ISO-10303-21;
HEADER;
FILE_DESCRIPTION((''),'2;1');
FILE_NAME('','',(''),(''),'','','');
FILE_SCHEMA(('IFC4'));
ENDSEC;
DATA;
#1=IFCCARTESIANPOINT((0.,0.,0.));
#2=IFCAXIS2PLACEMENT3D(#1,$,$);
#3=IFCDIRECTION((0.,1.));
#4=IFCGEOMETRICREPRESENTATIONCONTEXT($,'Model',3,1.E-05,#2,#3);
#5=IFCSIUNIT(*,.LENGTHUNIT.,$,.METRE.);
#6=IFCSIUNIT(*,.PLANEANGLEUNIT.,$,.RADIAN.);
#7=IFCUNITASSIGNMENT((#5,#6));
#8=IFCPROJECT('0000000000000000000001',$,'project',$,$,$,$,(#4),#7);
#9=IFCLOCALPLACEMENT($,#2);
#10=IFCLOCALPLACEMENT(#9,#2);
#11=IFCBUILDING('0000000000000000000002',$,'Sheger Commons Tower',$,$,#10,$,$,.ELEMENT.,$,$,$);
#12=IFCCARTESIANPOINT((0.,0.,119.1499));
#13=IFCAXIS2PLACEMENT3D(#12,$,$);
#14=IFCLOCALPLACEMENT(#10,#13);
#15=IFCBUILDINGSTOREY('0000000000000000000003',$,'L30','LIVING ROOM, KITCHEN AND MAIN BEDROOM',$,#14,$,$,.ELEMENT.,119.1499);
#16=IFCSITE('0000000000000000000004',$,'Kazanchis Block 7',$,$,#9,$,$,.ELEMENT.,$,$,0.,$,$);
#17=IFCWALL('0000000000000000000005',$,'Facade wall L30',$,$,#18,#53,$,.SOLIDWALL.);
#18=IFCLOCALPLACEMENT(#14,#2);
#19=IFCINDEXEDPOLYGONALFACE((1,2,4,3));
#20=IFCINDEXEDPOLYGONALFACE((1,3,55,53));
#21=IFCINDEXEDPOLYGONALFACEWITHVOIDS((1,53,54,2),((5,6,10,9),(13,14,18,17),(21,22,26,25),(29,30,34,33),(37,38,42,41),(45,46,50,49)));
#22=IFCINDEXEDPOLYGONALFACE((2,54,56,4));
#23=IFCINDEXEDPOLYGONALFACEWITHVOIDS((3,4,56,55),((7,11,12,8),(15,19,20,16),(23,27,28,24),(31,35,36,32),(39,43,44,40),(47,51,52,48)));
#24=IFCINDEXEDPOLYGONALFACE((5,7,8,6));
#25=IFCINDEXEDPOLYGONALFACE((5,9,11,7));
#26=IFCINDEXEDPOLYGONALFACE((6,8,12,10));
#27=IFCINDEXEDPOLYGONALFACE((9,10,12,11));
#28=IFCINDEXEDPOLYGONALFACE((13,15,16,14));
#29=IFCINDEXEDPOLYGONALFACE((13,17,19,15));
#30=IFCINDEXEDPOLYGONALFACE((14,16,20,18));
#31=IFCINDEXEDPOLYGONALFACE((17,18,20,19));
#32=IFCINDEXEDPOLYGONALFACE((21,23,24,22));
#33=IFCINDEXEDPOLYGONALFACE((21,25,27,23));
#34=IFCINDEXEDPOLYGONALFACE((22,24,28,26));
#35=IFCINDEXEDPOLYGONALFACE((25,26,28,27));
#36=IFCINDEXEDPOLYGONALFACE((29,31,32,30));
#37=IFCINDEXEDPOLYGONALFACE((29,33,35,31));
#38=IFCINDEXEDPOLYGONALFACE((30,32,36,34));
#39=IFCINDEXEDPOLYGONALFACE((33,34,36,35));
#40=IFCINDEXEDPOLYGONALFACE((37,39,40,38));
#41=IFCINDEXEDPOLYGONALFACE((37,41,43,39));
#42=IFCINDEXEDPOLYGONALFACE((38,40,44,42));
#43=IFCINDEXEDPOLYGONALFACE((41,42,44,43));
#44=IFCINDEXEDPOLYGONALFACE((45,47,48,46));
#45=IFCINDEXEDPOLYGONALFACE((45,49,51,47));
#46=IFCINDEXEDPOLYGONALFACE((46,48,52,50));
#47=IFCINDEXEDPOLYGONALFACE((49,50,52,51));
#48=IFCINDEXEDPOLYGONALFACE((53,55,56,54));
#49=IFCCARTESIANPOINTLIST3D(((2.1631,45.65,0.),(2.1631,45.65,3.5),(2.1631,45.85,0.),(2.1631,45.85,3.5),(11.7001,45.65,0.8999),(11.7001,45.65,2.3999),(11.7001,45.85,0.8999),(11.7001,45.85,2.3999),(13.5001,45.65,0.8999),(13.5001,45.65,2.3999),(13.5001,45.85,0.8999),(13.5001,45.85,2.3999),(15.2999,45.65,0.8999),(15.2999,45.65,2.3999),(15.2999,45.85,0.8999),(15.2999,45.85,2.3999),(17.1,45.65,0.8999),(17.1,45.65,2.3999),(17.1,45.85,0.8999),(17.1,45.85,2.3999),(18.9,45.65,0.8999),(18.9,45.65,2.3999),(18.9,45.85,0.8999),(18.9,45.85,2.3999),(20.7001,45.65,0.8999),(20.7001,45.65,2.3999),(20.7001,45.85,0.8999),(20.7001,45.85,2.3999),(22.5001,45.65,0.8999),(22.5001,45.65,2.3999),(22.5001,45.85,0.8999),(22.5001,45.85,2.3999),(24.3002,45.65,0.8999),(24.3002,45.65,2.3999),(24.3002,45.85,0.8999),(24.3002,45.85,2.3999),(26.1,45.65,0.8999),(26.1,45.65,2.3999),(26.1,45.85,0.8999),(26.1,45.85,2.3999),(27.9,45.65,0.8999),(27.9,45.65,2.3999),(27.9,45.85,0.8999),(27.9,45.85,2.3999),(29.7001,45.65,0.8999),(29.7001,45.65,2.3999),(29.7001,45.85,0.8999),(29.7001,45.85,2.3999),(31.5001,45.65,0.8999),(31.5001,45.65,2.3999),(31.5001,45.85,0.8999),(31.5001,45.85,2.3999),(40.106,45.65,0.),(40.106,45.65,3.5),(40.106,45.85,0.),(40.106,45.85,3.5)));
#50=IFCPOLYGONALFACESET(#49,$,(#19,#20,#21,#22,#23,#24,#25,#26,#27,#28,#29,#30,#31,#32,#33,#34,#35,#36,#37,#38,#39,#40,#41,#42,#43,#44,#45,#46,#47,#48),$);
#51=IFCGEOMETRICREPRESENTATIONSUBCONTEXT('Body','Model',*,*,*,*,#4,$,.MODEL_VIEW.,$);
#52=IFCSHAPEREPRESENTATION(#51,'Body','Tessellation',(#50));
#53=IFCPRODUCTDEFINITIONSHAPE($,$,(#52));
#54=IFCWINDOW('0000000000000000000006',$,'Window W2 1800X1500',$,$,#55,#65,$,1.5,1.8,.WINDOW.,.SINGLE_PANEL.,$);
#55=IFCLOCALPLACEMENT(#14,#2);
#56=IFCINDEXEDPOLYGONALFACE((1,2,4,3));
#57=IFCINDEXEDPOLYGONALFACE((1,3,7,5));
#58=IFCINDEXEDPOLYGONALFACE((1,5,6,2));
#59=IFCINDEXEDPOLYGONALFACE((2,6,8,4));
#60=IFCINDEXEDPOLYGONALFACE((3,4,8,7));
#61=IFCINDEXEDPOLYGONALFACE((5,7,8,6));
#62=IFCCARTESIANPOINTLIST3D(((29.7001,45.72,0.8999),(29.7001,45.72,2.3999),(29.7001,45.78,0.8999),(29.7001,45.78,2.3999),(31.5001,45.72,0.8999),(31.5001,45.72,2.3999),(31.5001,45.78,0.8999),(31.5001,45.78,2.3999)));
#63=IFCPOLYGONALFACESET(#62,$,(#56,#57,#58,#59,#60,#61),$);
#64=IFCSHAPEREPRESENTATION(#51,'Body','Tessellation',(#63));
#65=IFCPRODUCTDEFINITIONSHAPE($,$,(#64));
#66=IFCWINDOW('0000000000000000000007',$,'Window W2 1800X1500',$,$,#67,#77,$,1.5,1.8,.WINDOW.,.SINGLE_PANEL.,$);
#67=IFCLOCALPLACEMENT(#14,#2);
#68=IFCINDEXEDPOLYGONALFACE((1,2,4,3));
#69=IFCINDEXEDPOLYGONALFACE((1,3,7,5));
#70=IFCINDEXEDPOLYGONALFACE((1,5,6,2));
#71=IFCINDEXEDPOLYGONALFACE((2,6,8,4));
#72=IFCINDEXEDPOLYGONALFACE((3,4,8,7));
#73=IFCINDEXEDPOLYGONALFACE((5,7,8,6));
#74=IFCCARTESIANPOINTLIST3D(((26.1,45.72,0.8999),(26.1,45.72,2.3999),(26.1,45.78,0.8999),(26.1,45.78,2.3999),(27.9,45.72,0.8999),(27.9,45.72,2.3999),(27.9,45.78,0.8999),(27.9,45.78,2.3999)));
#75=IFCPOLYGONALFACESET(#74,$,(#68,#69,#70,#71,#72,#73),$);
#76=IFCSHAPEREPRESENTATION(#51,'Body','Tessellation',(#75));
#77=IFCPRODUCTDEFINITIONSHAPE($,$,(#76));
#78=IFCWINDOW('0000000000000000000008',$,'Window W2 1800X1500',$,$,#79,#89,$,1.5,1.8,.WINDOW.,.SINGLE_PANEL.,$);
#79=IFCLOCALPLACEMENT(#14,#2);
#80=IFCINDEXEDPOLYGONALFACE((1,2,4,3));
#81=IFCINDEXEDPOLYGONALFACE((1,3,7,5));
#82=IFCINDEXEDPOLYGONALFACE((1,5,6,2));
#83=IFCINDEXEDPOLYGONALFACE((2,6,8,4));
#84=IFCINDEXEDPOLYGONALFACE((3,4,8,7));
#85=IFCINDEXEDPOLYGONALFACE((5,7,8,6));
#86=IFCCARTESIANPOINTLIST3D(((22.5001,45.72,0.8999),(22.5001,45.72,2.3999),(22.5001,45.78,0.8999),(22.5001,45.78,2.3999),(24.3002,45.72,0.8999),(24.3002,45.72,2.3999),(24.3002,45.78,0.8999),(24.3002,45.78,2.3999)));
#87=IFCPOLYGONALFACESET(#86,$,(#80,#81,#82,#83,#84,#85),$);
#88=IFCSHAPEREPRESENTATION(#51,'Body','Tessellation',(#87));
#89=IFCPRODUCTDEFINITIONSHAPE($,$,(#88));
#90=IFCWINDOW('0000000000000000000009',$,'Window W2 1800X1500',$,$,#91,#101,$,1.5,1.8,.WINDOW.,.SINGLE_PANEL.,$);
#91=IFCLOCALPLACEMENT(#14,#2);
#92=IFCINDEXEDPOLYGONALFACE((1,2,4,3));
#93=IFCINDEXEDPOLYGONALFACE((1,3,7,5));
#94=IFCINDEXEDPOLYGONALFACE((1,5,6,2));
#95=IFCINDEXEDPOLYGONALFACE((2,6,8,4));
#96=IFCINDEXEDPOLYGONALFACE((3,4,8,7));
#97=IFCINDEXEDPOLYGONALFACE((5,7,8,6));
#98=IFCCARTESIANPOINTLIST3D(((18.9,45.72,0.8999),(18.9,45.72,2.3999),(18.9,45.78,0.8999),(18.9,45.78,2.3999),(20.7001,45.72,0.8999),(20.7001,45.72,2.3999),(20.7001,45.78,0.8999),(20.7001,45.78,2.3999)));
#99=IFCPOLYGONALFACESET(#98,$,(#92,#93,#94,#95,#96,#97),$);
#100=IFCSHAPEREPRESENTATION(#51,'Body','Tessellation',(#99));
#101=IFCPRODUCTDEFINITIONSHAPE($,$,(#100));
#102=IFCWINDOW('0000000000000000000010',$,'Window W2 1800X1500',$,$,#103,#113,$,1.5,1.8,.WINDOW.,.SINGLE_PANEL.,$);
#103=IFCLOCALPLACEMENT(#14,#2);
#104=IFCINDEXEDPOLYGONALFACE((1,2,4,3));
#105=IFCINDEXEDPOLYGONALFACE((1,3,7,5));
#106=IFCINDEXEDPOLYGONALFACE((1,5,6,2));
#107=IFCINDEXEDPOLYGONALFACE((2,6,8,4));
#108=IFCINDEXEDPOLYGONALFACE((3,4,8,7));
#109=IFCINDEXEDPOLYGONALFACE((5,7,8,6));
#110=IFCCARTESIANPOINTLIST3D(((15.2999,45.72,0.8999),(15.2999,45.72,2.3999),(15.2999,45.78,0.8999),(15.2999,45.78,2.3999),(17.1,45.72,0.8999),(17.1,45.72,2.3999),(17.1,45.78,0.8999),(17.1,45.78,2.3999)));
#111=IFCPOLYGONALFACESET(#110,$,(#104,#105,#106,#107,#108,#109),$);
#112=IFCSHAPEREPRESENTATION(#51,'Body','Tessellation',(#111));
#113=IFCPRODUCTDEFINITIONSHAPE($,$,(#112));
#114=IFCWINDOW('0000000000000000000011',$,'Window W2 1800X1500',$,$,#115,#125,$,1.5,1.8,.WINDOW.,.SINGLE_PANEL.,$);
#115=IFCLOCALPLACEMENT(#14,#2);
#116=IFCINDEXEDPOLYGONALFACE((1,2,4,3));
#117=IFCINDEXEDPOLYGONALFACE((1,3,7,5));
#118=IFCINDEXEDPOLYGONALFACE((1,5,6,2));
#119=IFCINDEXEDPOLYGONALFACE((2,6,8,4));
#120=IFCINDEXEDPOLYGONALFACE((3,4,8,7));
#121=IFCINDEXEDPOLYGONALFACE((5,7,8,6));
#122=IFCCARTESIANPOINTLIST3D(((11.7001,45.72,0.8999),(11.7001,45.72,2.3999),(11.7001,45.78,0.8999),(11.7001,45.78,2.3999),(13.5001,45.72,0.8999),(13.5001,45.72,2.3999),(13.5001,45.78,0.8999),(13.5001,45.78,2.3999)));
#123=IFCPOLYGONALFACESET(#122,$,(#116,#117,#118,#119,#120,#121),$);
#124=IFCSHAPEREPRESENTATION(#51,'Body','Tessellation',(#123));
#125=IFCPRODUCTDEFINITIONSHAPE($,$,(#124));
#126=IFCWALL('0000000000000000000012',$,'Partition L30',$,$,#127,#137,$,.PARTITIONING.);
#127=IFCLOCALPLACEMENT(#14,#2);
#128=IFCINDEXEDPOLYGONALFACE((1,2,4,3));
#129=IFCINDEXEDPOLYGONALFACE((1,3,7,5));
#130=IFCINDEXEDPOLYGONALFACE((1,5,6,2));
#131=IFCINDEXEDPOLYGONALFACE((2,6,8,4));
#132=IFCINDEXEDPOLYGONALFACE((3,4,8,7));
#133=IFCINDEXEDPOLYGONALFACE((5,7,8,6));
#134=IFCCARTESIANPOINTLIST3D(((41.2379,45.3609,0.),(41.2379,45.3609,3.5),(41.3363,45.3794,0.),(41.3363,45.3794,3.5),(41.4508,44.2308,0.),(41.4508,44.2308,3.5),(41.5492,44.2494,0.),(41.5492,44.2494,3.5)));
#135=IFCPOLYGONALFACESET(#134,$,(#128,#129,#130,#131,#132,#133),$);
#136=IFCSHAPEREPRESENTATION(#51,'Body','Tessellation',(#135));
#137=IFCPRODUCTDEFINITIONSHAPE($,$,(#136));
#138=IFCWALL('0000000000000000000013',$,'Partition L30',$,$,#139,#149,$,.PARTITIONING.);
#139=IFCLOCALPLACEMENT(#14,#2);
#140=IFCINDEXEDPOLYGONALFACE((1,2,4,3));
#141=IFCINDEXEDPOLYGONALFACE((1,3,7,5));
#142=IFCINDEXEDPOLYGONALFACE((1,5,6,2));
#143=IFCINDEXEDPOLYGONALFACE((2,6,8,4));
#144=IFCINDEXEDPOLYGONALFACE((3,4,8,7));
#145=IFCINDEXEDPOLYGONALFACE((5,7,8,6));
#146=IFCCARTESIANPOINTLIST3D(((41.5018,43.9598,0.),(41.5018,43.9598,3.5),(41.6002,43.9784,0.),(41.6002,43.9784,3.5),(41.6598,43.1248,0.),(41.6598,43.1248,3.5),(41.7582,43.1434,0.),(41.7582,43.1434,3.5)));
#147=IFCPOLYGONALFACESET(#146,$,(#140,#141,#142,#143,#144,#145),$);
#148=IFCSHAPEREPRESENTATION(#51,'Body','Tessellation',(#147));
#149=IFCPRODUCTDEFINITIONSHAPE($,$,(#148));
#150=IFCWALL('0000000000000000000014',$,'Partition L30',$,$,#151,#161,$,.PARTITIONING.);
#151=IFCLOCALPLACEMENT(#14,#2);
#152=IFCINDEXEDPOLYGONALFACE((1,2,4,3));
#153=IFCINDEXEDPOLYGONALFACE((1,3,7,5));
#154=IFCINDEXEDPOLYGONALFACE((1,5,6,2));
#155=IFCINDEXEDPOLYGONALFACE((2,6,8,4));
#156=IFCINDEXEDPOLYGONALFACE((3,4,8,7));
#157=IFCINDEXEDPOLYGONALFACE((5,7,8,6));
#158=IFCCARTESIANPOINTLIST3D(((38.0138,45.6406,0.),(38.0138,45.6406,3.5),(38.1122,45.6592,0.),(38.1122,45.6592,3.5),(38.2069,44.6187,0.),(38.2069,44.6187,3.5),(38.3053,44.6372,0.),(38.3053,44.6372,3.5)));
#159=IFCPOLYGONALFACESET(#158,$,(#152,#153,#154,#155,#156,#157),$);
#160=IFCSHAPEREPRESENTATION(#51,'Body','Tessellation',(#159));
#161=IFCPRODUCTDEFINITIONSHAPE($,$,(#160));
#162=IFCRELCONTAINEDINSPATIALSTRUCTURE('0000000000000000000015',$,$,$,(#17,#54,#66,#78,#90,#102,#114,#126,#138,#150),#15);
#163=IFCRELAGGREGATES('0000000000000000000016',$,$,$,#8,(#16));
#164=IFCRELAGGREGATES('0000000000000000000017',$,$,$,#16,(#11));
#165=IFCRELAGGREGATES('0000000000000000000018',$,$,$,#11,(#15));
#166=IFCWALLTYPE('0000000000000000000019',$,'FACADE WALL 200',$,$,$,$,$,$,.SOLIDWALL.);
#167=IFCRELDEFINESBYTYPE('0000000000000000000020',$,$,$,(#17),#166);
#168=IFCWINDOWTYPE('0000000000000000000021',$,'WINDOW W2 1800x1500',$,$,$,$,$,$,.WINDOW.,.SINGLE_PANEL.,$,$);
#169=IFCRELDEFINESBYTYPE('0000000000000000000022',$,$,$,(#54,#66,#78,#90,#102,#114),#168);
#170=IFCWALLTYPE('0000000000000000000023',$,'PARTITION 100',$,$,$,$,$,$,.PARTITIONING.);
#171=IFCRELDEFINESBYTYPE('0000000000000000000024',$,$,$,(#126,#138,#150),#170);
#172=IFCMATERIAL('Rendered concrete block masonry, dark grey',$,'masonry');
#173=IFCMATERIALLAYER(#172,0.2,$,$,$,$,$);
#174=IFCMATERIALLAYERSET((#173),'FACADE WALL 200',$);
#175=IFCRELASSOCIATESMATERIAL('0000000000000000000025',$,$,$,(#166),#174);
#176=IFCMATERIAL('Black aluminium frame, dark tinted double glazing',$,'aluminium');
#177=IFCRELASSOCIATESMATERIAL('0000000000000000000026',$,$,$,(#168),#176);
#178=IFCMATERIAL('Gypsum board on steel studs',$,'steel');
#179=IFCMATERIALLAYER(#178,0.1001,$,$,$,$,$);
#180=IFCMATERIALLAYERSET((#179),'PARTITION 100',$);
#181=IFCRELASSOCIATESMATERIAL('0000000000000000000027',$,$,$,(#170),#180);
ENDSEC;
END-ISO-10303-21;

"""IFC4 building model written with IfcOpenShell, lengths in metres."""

from ifc_helpers import new_model, si_unit, direction, frame, frame_2d, origin, place, context, subcontext, project, spatial, rectangle, extrude, material, layer, layer_set, type_object, element, fill, save


model = new_model("IFC4")

# Units and contexts
model_context = context("Model", 3, precision=1e-05, world=origin(), true_north=direction((0.0, 1.0)))
body_context = subcontext(model_context, "Body", "Model", "MODEL_VIEW")
ifc_project = project(units=[si_unit("LENGTHUNIT", "METRE"), si_unit("PLANEANGLEUNIT", "RADIAN")], contexts=[model_context])

# Site, building, storey
site_placement = place(None, origin())
site = spatial("IfcSite", under=ifc_project, at=site_placement, Name="Kazanchis Block 7", CompositionType="ELEMENT", RefElevation=0.0)
building_placement = place(site_placement, origin())
building = spatial("IfcBuilding", under=site, at=building_placement, Name="Sheger Commons Tower", CompositionType="ELEMENT")
storey_placement = place(building_placement, frame((0.0, 0.0, 119.1499)))
storey = spatial("IfcBuildingStorey", under=building, at=storey_placement, Name="L30", Description="LIVING ROOM, KITCHEN AND MAIN BEDROOM", CompositionType="ELEMENT", Elevation=119.1499)

# Shared definitions
ifc_material_1 = material(Name="Rendered concrete block masonry, dark grey", Category="masonry")
ifc_layer_1 = layer(ifc_material_1, 0.2)
ifc_layer_set_1 = layer_set([ifc_layer_1], Name="FACADE WALL 200")
wall_type_1 = type_object("IfcWallType", Name="FACADE WALL 200", PredefinedType="SOLIDWALL", material=ifc_layer_set_1)

# Wall, openings, windows
wall_1_placement = place(storey_placement, frame((40.106, 45.75, 0.0), z_axis=(0.0, 0.0, 1.0), x_axis=(-1.0, 0.0, 0.0)))
wall_1 = element("IfcWall", 1, at=wall_1_placement, inside=storey, type_object=wall_type_1, Name="Facade wall L30", PredefinedType="SOLIDWALL", context=body_context, shape_type="SweptSolid", body=[
    extrude(rectangle(XDim=37.9429, YDim=0.2, at=frame_2d((18.9714, 0.0))), origin(), (0.0, 0.0, 1.0), 3.5),
])
opening_1_placement = place(wall_1_placement, frame((8.606, 0.0, 0.8999)))
opening_1 = element("IfcOpeningElement", 2, at=opening_1_placement, cuts=wall_1, PredefinedType="OPENING", context=body_context, shape_type="SweptSolid", body=[
    extrude(rectangle(XDim=1.8, YDim=1.5, at=frame_2d((0.8999, 0.75))), frame((0.0, 0.1099, 0.0), z_axis=(0.0, -1.0, 0.0), x_axis=(1.0, 0.0, 0.0)), (0.0, 0.0, 1.0), 0.22),
])
opening_2_placement = place(wall_1_placement, frame((12.2061, 0.0, 0.8999)))
opening_2 = element("IfcOpeningElement", 3, at=opening_2_placement, cuts=wall_1, PredefinedType="OPENING", context=body_context, shape_type="SweptSolid", body=[
    extrude(rectangle(XDim=1.8, YDim=1.5, at=frame_2d((0.8999, 0.75))), frame((0.0, 0.1099, 0.0), z_axis=(0.0, -1.0, 0.0), x_axis=(1.0, 0.0, 0.0)), (0.0, 0.0, 1.0), 0.22),
])
opening_3_placement = place(wall_1_placement, frame((15.8059, 0.0, 0.8999)))
opening_3 = element("IfcOpeningElement", 4, at=opening_3_placement, cuts=wall_1, PredefinedType="OPENING", context=body_context, shape_type="SweptSolid", body=[
    extrude(rectangle(XDim=1.8, YDim=1.5, at=frame_2d((0.8999, 0.75))), frame((0.0, 0.1099, 0.0), z_axis=(0.0, -1.0, 0.0), x_axis=(1.0, 0.0, 0.0)), (0.0, 0.0, 1.0), 0.22),
])
opening_4_placement = place(wall_1_placement, frame((19.406, 0.0, 0.8999)))
opening_4 = element("IfcOpeningElement", 5, at=opening_4_placement, cuts=wall_1, PredefinedType="OPENING", context=body_context, shape_type="SweptSolid", body=[
    extrude(rectangle(XDim=1.8, YDim=1.5, at=frame_2d((0.8999, 0.75))), frame((0.0, 0.1099, 0.0), z_axis=(0.0, -1.0, 0.0), x_axis=(1.0, 0.0, 0.0)), (0.0, 0.0, 1.0), 0.22),
])
opening_5_placement = place(wall_1_placement, frame((23.0061, 0.0, 0.8999)))
opening_5 = element("IfcOpeningElement", 6, at=opening_5_placement, cuts=wall_1, PredefinedType="OPENING", context=body_context, shape_type="SweptSolid", body=[
    extrude(rectangle(XDim=1.8, YDim=1.5, at=frame_2d((0.8999, 0.75))), frame((0.0, 0.1099, 0.0), z_axis=(0.0, -1.0, 0.0), x_axis=(1.0, 0.0, 0.0)), (0.0, 0.0, 1.0), 0.22),
])
opening_6_placement = place(wall_1_placement, frame((26.606, 0.0, 0.8999)))
opening_6 = element("IfcOpeningElement", 7, at=opening_6_placement, cuts=wall_1, PredefinedType="OPENING", context=body_context, shape_type="SweptSolid", body=[
    extrude(rectangle(XDim=1.8, YDim=1.5, at=frame_2d((0.8999, 0.75))), frame((0.0, 0.1099, 0.0), z_axis=(0.0, -1.0, 0.0), x_axis=(1.0, 0.0, 0.0)), (0.0, 0.0, 1.0), 0.22),
])
ifc_material_2 = material(Name="Black aluminium frame, dark tinted double glazing", Category="aluminium")
window_type = type_object("IfcWindowType", Name="WINDOW W2 1800x1500", PartitioningType="SINGLE_PANEL", PredefinedType="WINDOW", material=ifc_material_2)
window_1_placement = place(opening_1_placement, origin())
window_1 = element("IfcWindow", 8, at=window_1_placement, inside=storey, type_object=window_type, Name="Window W2 1800X1500", OverallHeight=1.5, OverallWidth=1.8, PartitioningType="SINGLE_PANEL", PredefinedType="WINDOW", context=body_context, shape_type="SweptSolid", body=[
    extrude(rectangle(XDim=1.8, YDim=1.5, at=frame_2d((0.8999, 0.75))), frame((0.0, 0.03, 0.0), z_axis=(0.0, -1.0, 0.0), x_axis=(1.0, 0.0, 0.0)), (0.0, 0.0, 1.0), 0.0601),
])
fill(opening_1, window_1)
window_2_placement = place(opening_2_placement, origin())
window_2 = element("IfcWindow", 9, at=window_2_placement, inside=storey, type_object=window_type, Name="Window W2 1800X1500", OverallHeight=1.5, OverallWidth=1.8, PartitioningType="SINGLE_PANEL", PredefinedType="WINDOW", context=body_context, shape_type="SweptSolid", body=[
    extrude(rectangle(XDim=1.8, YDim=1.5, at=frame_2d((0.8999, 0.75))), frame((0.0, 0.03, 0.0), z_axis=(0.0, -1.0, 0.0), x_axis=(1.0, 0.0, 0.0)), (0.0, 0.0, 1.0), 0.0601),
])
fill(opening_2, window_2)
window_3_placement = place(opening_3_placement, origin())
window_3 = element("IfcWindow", 10, at=window_3_placement, inside=storey, type_object=window_type, Name="Window W2 1800X1500", OverallHeight=1.5, OverallWidth=1.8, PartitioningType="SINGLE_PANEL", PredefinedType="WINDOW", context=body_context, shape_type="SweptSolid", body=[
    extrude(rectangle(XDim=1.8, YDim=1.5, at=frame_2d((0.8999, 0.75))), frame((0.0, 0.03, 0.0), z_axis=(0.0, -1.0, 0.0), x_axis=(1.0, 0.0, 0.0)), (0.0, 0.0, 1.0), 0.0601),
])
fill(opening_3, window_3)
window_4_placement = place(opening_4_placement, origin())
window_4 = element("IfcWindow", 11, at=window_4_placement, inside=storey, type_object=window_type, Name="Window W2 1800X1500", OverallHeight=1.5, OverallWidth=1.8, PartitioningType="SINGLE_PANEL", PredefinedType="WINDOW", context=body_context, shape_type="SweptSolid", body=[
    extrude(rectangle(XDim=1.8, YDim=1.5, at=frame_2d((0.8999, 0.75))), frame((0.0, 0.03, 0.0), z_axis=(0.0, -1.0, 0.0), x_axis=(1.0, 0.0, 0.0)), (0.0, 0.0, 1.0), 0.0601),
])
fill(opening_4, window_4)
window_5_placement = place(opening_5_placement, origin())
window_5 = element("IfcWindow", 12, at=window_5_placement, inside=storey, type_object=window_type, Name="Window W2 1800X1500", OverallHeight=1.5, OverallWidth=1.8, PartitioningType="SINGLE_PANEL", PredefinedType="WINDOW", context=body_context, shape_type="SweptSolid", body=[
    extrude(rectangle(XDim=1.8, YDim=1.5, at=frame_2d((0.8999, 0.75))), frame((0.0, 0.03, 0.0), z_axis=(0.0, -1.0, 0.0), x_axis=(1.0, 0.0, 0.0)), (0.0, 0.0, 1.0), 0.0601),
])
fill(opening_5, window_5)
window_6_placement = place(opening_6_placement, origin())
window_6 = element("IfcWindow", 13, at=window_6_placement, inside=storey, type_object=window_type, Name="Window W2 1800X1500", OverallHeight=1.5, OverallWidth=1.8, PartitioningType="SINGLE_PANEL", PredefinedType="WINDOW", context=body_context, shape_type="SweptSolid", body=[
    extrude(rectangle(XDim=1.8, YDim=1.5, at=frame_2d((0.8999, 0.75))), frame((0.0, 0.03, 0.0), z_axis=(0.0, -1.0, 0.0), x_axis=(1.0, 0.0, 0.0)), (0.0, 0.0, 1.0), 0.0601),
])
fill(opening_6, window_6)

# Walls
ifc_material_3 = material(Name="Gypsum board on steel studs", Category="steel")
ifc_layer_2 = layer(ifc_material_3, 0.1001)
ifc_layer_set_2 = layer_set([ifc_layer_2], Name="PARTITION 100")
wall_type_2 = type_object("IfcWallType", Name="PARTITION 100", PredefinedType="PARTITIONING", material=ifc_layer_set_2)
wall_2_placement = place(storey_placement, frame((41.2871, 45.3701, 0.0), z_axis=(0.0, 0.0, 1.0), x_axis=(0.185122, -0.982716, 0.0)))
element("IfcWall", 14, at=wall_2_placement, inside=storey, type_object=wall_type_2, Name="Partition L30", PredefinedType="PARTITIONING", context=body_context, shape_type="SweptSolid", body=[
    extrude(rectangle(XDim=1.1499, YDim=0.1001, at=frame_2d((0.575, 0.0))), origin(), (0.0, 0.0, 1.0), 3.5),
])
wall_3_placement = place(storey_placement, frame((41.551, 43.969, 0.0), z_axis=(0.0, 0.0, 1.0), x_axis=(0.185884, -0.982572, 0.0)))
element("IfcWall", 15, at=wall_3_placement, inside=storey, type_object=wall_type_2, Name="Partition L30", PredefinedType="PARTITIONING", context=body_context, shape_type="SweptSolid", body=[
    extrude(rectangle(XDim=0.8499, YDim=0.1001, at=frame_2d((0.4248, 0.0))), origin(), (0.0, 0.0, 1.0), 3.5),
])
wall_4_placement = place(storey_placement, frame((38.063, 45.6499, 0.0), z_axis=(0.0, 0.0, 1.0), x_axis=(0.185677, -0.982611, 0.0)))
element("IfcWall", 16, at=wall_4_placement, inside=storey, type_object=wall_type_2, Name="Partition L30", PredefinedType="PARTITIONING", context=body_context, shape_type="SweptSolid", body=[
    extrude(rectangle(XDim=1.04, YDim=0.1001, at=frame_2d((0.52, 0.0))), origin(), (0.0, 0.0, 1.0), 3.5),
])

save(model, "model.ifc")
